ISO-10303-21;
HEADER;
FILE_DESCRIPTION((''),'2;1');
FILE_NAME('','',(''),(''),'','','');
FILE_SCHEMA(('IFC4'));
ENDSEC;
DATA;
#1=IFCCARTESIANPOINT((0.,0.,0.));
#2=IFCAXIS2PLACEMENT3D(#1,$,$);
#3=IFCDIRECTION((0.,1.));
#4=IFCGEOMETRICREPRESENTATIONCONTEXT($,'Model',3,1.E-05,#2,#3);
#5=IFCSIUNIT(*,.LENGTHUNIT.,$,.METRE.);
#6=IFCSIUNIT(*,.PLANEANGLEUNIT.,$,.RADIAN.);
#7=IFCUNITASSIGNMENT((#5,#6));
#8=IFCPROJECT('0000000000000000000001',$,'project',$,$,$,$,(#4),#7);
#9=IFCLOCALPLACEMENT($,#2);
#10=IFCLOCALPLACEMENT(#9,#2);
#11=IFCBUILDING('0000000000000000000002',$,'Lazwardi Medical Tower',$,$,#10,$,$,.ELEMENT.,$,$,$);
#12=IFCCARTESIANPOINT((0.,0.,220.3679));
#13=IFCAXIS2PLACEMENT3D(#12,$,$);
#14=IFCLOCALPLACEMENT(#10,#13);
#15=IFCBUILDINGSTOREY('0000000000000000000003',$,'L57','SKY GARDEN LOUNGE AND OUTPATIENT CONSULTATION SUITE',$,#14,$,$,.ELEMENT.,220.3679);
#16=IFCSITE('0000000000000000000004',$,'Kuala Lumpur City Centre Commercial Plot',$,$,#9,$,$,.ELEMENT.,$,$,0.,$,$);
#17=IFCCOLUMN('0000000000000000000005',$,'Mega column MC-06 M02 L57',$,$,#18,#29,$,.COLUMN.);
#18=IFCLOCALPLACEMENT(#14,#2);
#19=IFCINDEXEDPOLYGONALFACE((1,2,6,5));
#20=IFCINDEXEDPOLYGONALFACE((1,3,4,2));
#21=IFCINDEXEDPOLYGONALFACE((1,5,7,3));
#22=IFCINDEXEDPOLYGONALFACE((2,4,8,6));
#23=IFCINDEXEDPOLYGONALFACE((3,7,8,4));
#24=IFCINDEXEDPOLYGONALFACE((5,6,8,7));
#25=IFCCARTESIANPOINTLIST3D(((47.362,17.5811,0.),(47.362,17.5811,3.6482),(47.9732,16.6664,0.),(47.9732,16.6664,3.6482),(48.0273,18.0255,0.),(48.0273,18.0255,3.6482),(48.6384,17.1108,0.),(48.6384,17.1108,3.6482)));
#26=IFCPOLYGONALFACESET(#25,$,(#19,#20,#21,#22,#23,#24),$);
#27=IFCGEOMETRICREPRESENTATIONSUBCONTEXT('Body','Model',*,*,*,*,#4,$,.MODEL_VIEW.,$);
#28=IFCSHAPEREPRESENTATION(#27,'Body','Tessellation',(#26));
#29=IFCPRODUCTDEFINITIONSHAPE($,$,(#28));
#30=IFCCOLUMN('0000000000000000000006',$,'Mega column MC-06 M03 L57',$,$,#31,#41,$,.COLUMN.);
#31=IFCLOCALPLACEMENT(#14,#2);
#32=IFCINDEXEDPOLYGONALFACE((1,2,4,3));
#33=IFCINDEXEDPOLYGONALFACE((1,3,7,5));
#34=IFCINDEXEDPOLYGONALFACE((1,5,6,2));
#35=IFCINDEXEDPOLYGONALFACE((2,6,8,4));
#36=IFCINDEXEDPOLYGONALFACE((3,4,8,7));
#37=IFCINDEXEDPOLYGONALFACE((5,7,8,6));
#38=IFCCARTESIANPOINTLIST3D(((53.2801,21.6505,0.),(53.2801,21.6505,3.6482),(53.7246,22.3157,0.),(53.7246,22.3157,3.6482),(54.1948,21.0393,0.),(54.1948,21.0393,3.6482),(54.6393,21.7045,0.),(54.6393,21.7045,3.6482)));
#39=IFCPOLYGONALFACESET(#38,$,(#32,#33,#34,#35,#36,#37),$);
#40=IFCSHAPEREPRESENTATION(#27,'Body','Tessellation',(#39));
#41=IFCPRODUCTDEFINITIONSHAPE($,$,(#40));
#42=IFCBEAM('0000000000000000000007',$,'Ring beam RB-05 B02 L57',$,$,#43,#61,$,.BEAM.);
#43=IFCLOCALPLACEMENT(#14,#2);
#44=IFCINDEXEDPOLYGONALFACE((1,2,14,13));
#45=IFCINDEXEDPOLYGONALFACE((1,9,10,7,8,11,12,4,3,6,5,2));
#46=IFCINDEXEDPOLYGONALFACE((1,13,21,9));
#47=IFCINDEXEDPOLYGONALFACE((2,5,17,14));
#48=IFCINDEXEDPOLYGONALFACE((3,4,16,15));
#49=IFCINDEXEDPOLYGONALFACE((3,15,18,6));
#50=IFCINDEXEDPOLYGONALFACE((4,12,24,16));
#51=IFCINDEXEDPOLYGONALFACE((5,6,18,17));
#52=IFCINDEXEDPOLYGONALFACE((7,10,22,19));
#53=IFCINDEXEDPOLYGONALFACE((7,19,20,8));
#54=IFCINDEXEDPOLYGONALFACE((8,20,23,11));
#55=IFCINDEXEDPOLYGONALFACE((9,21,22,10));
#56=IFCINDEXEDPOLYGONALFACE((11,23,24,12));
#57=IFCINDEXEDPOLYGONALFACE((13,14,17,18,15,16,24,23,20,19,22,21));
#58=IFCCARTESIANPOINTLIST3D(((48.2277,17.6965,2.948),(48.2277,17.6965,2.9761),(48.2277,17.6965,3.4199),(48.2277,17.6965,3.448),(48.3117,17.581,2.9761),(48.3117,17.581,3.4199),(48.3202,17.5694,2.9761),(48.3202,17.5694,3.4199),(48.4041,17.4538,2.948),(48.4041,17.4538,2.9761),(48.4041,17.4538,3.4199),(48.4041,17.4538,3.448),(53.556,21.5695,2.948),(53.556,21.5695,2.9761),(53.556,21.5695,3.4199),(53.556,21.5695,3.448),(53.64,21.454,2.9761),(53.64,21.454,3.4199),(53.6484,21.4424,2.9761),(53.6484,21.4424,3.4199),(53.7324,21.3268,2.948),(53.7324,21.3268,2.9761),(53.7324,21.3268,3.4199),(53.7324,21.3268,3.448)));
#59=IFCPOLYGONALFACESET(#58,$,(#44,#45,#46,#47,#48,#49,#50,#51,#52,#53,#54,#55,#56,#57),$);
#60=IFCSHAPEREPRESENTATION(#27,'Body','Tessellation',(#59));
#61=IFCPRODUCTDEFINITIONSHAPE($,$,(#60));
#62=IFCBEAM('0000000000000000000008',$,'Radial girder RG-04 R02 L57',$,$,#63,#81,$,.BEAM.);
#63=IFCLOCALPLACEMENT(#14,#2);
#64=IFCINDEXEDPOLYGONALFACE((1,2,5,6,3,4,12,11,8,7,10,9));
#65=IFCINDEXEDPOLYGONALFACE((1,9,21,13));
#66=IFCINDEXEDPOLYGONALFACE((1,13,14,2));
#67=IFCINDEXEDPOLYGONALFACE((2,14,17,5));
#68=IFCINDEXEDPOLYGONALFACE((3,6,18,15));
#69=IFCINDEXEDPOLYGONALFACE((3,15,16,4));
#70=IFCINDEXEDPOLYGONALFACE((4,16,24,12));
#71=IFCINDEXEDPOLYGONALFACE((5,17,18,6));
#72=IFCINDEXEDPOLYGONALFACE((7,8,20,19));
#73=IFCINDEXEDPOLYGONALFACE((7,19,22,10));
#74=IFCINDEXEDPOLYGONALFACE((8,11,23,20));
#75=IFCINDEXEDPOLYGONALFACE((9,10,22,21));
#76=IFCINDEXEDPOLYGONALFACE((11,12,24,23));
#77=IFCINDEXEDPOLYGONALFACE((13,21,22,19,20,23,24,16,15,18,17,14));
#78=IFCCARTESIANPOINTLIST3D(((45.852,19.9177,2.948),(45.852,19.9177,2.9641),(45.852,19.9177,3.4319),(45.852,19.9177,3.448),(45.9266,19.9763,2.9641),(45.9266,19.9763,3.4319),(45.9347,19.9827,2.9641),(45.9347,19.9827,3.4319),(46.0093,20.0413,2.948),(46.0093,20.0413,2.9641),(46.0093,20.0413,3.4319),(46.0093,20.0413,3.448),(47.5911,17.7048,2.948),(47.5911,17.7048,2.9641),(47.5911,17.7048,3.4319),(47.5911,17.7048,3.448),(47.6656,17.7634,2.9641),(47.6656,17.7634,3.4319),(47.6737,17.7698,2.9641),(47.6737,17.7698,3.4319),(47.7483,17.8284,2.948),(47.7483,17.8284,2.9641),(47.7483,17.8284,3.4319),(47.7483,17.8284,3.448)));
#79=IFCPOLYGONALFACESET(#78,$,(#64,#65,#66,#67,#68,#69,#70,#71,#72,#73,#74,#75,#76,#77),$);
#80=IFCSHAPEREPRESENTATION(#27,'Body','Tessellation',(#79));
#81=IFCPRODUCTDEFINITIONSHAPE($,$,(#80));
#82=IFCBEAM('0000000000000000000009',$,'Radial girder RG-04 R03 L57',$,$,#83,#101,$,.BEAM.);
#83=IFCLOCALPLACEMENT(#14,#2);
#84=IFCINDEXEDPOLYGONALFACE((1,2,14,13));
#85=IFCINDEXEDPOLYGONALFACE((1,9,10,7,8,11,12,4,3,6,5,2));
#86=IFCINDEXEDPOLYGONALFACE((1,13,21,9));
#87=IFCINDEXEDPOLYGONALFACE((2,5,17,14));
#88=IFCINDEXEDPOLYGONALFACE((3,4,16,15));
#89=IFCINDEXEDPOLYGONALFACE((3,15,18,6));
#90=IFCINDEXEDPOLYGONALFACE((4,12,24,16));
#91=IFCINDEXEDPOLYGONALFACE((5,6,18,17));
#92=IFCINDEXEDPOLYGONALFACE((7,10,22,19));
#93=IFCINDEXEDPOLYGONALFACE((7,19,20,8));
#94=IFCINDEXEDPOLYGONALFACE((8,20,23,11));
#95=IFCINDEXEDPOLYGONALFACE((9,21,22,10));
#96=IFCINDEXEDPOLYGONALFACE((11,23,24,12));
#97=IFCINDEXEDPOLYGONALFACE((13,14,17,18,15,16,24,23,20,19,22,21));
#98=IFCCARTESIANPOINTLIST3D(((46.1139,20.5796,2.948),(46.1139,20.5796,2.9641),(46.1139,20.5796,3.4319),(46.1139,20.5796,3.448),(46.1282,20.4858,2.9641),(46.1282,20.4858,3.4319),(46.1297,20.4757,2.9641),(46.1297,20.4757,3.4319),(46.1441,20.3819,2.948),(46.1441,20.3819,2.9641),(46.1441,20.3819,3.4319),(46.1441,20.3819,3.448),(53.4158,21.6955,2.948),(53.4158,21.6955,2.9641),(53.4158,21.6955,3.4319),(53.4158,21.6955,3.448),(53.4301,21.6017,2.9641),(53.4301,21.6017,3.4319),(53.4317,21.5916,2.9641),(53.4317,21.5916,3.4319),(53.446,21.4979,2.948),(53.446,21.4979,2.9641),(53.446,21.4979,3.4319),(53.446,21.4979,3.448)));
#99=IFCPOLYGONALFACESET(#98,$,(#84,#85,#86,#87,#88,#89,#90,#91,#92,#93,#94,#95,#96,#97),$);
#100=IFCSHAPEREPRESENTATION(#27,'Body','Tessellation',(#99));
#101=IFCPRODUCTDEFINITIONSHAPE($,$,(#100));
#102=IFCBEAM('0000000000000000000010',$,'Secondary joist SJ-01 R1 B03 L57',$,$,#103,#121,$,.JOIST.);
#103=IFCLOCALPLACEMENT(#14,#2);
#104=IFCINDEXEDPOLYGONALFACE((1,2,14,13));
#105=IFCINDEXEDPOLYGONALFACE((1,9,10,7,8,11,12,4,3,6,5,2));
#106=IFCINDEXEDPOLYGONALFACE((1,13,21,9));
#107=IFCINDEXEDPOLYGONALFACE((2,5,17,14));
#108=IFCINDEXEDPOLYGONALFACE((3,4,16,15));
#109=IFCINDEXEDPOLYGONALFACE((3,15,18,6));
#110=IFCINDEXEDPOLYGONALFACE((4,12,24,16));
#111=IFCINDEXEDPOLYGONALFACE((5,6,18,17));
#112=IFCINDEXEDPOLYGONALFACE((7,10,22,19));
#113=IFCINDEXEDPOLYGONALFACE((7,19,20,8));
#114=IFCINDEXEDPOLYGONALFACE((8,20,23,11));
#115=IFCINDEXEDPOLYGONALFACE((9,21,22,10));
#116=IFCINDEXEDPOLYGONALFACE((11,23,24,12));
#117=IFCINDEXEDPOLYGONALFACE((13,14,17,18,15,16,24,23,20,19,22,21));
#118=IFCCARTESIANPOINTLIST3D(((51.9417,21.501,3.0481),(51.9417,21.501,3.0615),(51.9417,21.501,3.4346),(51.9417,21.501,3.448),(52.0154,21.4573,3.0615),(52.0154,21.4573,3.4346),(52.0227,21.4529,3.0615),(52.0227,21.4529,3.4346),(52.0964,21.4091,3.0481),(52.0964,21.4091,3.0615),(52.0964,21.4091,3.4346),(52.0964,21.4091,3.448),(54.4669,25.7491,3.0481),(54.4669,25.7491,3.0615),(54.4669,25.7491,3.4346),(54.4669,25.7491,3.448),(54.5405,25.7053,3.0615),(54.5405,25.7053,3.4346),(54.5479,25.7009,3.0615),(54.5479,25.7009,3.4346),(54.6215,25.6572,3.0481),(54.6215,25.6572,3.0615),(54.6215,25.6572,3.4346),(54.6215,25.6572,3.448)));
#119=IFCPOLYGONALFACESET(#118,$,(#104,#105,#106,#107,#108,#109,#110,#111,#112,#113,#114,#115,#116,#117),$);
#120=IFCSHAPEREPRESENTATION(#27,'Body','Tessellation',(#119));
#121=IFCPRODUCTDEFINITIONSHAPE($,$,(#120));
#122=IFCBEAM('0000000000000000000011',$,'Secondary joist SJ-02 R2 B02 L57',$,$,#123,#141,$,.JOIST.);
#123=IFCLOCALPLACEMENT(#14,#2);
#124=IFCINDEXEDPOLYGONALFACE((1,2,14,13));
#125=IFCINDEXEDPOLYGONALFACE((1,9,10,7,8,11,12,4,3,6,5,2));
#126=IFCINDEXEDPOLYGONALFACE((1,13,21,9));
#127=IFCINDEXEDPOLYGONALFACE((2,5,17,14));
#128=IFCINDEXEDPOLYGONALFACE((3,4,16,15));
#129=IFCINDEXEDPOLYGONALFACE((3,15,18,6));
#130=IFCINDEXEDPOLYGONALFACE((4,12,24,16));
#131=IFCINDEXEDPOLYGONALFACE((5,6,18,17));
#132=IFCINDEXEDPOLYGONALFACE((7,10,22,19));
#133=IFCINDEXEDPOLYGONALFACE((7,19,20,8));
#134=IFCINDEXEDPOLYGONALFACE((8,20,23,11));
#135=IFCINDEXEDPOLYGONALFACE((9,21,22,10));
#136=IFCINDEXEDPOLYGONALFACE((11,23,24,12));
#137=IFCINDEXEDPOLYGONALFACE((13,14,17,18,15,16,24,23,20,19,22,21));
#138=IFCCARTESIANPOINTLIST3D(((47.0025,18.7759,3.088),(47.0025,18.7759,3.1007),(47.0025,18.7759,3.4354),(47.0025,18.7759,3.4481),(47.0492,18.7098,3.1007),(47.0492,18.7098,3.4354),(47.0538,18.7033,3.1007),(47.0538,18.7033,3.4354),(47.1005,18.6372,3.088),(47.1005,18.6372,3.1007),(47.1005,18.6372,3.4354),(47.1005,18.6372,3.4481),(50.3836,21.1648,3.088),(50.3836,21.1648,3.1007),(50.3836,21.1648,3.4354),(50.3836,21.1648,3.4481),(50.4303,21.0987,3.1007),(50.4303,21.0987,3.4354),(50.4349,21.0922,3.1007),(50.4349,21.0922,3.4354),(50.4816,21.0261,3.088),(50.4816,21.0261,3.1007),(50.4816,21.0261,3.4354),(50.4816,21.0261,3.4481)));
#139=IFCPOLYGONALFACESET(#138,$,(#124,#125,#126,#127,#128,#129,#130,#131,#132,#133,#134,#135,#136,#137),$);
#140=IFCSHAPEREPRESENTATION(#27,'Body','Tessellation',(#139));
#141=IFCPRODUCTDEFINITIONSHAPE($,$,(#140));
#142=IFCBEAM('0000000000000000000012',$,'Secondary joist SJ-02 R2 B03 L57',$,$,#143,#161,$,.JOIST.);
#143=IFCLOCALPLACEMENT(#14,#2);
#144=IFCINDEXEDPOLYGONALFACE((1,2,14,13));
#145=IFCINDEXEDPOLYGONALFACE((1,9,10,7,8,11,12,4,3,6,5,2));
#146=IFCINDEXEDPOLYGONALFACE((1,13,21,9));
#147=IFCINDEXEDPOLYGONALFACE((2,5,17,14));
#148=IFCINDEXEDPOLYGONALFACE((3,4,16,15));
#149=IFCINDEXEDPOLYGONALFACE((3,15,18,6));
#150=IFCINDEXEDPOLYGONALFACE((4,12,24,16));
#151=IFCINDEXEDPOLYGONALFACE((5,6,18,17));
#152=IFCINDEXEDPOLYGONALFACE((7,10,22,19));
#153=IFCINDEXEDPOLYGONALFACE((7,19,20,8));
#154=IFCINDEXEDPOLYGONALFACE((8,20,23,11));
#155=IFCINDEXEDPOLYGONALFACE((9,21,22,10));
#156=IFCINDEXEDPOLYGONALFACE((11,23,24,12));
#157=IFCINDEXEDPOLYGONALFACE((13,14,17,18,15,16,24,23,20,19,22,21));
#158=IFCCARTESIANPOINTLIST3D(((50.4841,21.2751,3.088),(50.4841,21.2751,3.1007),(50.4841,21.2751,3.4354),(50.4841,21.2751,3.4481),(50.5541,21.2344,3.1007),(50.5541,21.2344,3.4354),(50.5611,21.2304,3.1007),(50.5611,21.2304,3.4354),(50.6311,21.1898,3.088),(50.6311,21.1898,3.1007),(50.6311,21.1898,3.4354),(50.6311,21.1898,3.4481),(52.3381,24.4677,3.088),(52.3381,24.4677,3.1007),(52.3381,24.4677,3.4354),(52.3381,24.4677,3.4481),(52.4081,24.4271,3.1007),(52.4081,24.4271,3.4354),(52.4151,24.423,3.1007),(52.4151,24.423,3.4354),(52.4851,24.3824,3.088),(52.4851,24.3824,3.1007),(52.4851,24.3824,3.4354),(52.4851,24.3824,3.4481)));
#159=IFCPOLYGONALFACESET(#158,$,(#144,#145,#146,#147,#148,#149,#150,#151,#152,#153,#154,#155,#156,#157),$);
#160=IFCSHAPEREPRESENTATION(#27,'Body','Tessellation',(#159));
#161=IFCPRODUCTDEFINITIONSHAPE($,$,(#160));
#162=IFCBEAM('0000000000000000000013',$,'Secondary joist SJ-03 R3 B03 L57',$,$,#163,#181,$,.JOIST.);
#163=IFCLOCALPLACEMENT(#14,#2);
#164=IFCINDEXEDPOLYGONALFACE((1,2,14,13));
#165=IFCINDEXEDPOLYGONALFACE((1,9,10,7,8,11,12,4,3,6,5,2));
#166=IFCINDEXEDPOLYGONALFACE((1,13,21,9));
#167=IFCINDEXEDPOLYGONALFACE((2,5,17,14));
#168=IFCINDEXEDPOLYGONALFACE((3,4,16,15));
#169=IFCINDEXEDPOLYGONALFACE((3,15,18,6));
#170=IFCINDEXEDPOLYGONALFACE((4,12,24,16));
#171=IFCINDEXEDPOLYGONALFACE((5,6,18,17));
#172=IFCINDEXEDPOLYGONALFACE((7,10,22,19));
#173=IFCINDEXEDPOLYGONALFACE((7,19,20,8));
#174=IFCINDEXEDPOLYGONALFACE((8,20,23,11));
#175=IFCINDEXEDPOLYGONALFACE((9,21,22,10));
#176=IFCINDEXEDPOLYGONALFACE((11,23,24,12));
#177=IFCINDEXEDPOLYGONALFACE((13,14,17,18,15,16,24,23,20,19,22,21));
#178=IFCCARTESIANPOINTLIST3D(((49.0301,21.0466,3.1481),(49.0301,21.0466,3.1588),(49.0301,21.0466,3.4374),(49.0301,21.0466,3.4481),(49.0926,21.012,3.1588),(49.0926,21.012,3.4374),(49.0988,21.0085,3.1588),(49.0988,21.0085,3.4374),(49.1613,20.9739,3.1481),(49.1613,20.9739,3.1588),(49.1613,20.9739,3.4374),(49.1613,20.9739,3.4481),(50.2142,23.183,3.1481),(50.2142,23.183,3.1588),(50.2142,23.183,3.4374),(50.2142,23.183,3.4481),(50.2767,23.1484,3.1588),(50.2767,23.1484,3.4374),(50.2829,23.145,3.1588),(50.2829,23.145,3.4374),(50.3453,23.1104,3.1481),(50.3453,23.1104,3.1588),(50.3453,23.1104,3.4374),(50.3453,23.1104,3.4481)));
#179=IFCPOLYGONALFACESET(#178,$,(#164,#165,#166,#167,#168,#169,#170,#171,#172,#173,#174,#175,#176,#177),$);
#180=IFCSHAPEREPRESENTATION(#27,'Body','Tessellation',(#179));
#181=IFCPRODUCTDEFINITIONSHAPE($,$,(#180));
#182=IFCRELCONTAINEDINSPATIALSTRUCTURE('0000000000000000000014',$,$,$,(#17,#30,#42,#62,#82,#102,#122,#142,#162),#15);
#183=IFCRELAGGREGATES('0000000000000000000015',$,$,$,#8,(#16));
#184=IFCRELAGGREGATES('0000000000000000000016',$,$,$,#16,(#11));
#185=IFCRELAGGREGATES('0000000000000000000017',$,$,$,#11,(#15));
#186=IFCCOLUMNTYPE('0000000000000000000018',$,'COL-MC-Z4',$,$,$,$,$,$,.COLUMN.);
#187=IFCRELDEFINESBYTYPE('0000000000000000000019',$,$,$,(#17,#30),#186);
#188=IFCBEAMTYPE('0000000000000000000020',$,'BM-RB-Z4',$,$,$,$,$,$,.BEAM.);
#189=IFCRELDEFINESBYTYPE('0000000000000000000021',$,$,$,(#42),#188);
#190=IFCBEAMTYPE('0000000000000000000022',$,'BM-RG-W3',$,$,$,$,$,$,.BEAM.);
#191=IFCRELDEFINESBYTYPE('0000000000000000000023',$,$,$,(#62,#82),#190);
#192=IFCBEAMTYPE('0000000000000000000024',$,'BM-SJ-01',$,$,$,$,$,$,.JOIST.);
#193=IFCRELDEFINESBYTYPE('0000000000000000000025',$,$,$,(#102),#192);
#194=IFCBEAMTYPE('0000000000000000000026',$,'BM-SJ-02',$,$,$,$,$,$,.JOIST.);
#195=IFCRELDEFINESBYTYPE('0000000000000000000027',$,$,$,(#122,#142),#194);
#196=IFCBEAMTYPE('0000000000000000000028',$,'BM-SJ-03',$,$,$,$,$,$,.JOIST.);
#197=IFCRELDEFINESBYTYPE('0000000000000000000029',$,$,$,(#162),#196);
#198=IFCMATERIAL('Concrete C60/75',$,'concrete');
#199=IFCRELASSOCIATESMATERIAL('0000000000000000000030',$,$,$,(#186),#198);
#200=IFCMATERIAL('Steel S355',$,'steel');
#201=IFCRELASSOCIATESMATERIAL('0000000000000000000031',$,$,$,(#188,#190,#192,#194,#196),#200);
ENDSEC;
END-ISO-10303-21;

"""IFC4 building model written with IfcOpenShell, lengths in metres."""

from ifc_helpers import new_model, si_unit, direction, frame, origin, origin_2d, place, context, subcontext, project, spatial, rectangle, i_section, extrude, material, material_profile, profile_set, type_object, element, save


model = new_model("IFC4")

# Units and contexts
model_context = context("Model", 3, precision=1e-05, world=origin(), true_north=direction((0.0, 1.0)))
body_context = subcontext(model_context, "Body", "Model", "MODEL_VIEW")
ifc_project = project(units=[si_unit("LENGTHUNIT", "METRE"), si_unit("PLANEANGLEUNIT", "RADIAN")], contexts=[model_context])

# Site, building, storey
site_placement = place(None, origin())
site = spatial("IfcSite", under=ifc_project, at=site_placement, Name="Kuala Lumpur City Centre Commercial Plot", CompositionType="ELEMENT", RefElevation=0.0)
building_placement = place(site_placement, origin())
building = spatial("IfcBuilding", under=site, at=building_placement, Name="Lazwardi Medical Tower", CompositionType="ELEMENT")
storey_placement = place(building_placement, frame((0.0, 0.0, 220.3679)))
storey = spatial("IfcBuildingStorey", under=building, at=storey_placement, Name="L57", Description="SKY GARDEN LOUNGE AND OUTPATIENT CONSULTATION SUITE", CompositionType="ELEMENT", Elevation=220.3679)

# Columns
ifc_material_1 = material(Name="Concrete C60/75", Category="concrete")
ifc_material_profile_1 = material_profile(ifc_material_1, rectangle(XDim=1.1001, YDim=0.8, at=origin_2d()), Name="CFT-RECT 1100x800")
ifc_profile_set_1 = profile_set([ifc_material_profile_1], Name="Concrete C60/75")
column_type = type_object("IfcColumnType", Name="COL-MC-Z4", PredefinedType="COLUMN", material=ifc_profile_set_1)
for number, where, z_axis, x_axis, name in (
    (1, (48.0002, 17.3459, 0.0), (0.0, 0.0, 1.0), (0.55557, -0.83147, 0.0), "Mega column MC-06 M02 L57"),
    (2, (53.9597, 21.6775, 0.0), (0.0, 0.0, 1.0), (0.83147, -0.55557, 0.0), "Mega column MC-06 M03 L57"),
):
    element("IfcColumn", number, at=place(storey_placement, frame(where, z_axis=z_axis, x_axis=x_axis)), inside=storey, type_object=column_type, Name=name, PredefinedType="COLUMN", context=body_context, shape_type="SweptSolid", body=[
        extrude(rectangle(XDim=1.1001, YDim=0.8, at=origin_2d()), origin(), (0.0, 0.0, 1.0), 3.6482),
    ])

# Beams
ifc_material_2 = material(Name="Steel S355", Category="steel")
ifc_material_profile_2 = material_profile(ifc_material_2, i_section(OverallWidth=0.3, OverallDepth=0.5, WebThickness=0.0144, FlangeThickness=0.0281, at=origin_2d()), Name="HEB 500")
ifc_profile_set_2 = profile_set([ifc_material_profile_2], Name="Steel S355")
beam_type_1 = type_object("IfcBeamType", Name="BM-RB-Z4", PredefinedType="BEAM", material=ifc_profile_set_2)
beam_1_placement = place(storey_placement, frame((48.3159, 17.5752, 3.198), z_axis=(0.80889, 0.58796, 0.0), x_axis=(-0.58796, 0.80889, 0.0)))
element("IfcBeam", 3, at=beam_1_placement, inside=storey, type_object=beam_type_1, Name="Ring beam RB-05 B02 L57", PredefinedType="BEAM", context=body_context, shape_type="SweptSolid", body=[
    extrude(i_section(OverallWidth=0.3, OverallDepth=0.5, WebThickness=0.0144, FlangeThickness=0.0281, at=origin_2d()), origin(), (0.0, 0.0, 1.0), 6.5872),
])
ifc_material_profile_3 = material_profile(ifc_material_2, i_section(OverallWidth=0.2, OverallDepth=0.5, WebThickness=0.0103, FlangeThickness=0.0161, at=origin_2d()), Name="IPE 500")
ifc_profile_set_3 = profile_set([ifc_material_profile_3], Name="Steel S355")
beam_type_2 = type_object("IfcBeamType", Name="BM-RG-W3", PredefinedType="BEAM", material=ifc_profile_set_3)
beam_2_placement = place(storey_placement, frame((47.6697, 17.7666, 3.198), z_axis=(-0.617891, 0.786264, 0.0), x_axis=(-0.786264, -0.617891, 0.0)))
element("IfcBeam", 4, at=beam_2_placement, inside=storey, type_object=beam_type_2, Name="Radial girder RG-04 R02 L57", PredefinedType="BEAM", context=body_context, shape_type="SweptSolid", body=[
    extrude(i_section(OverallWidth=0.2, OverallDepth=0.5, WebThickness=0.0103, FlangeThickness=0.0161, at=origin_2d()), origin(), (0.0, 0.0, 1.0), 2.8145),
])
beam_3_placement = place(storey_placement, frame((53.4309, 21.5967, 3.198), z_axis=(-0.988522, -0.151076, 0.0), x_axis=(0.151076, -0.988522, 0.0)))
element("IfcBeam", 5, at=beam_3_placement, inside=storey, type_object=beam_type_2, Name="Radial girder RG-04 R03 L57", PredefinedType="BEAM", context=body_context, shape_type="SweptSolid", body=[
    extrude(i_section(OverallWidth=0.2, OverallDepth=0.5, WebThickness=0.0103, FlangeThickness=0.0161, at=origin_2d()), origin(), (0.0, 0.0, 1.0), 7.3867),
])
ifc_material_profile_4 = material_profile(ifc_material_2, i_section(OverallWidth=0.1799, OverallDepth=0.3999, WebThickness=0.0085, FlangeThickness=0.0134, at=origin_2d()), Name="IPE 400")
ifc_profile_set_4 = profile_set([ifc_material_profile_4], Name="Steel S355")
beam_type_3 = type_object("IfcBeamType", Name="BM-SJ-01", PredefinedType="JOIST", material=ifc_profile_set_4)
beam_4_placement = place(storey_placement, frame((52.019, 21.4551, 3.248), z_axis=(0.510968, 0.8596, 0.0), x_axis=(-0.8596, 0.510968, 0.0)))
element("IfcBeam", 6, at=beam_4_placement, inside=storey, type_object=beam_type_3, Name="Secondary joist SJ-01 R1 B03 L57", PredefinedType="JOIST", context=body_context, shape_type="SweptSolid", body=[
    extrude(i_section(OverallWidth=0.1799, OverallDepth=0.3999, WebThickness=0.0085, FlangeThickness=0.0134, at=origin_2d()), origin(), (0.0, 0.0, 1.0), 4.9419),
])
ifc_material_profile_5 = material_profile(ifc_material_2, i_section(OverallWidth=0.1699, OverallDepth=0.3601, WebThickness=0.0081, FlangeThickness=0.0127, at=origin_2d()), Name="IPE 360")
ifc_profile_set_5 = profile_set([ifc_material_profile_5], Name="Steel S355")
beam_type_4 = type_object("IfcBeamType", Name="BM-SJ-02", PredefinedType="JOIST", material=ifc_profile_set_5)
beam_5_placement = place(storey_placement, frame((47.0515, 18.7065, 3.2681), z_axis=(0.816711, 0.577047, 0.0), x_axis=(-0.577047, 0.816711, 0.0)))
element("IfcBeam", 7, at=beam_5_placement, inside=storey, type_object=beam_type_4, Name="Secondary joist SJ-02 R2 B02 L57", PredefinedType="JOIST", context=body_context, shape_type="SweptSolid", body=[
    extrude(i_section(OverallWidth=0.1699, OverallDepth=0.3601, WebThickness=0.0081, FlangeThickness=0.0127, at=origin_2d()), origin(), (0.0, 0.0, 1.0), 4.1399),
])
beam_6_placement = place(storey_placement, frame((50.5576, 21.2324, 3.2681), z_axis=(0.50218, 0.864763, 0.0), x_axis=(-0.864763, 0.50218, 0.0)))
element("IfcBeam", 8, at=beam_6_placement, inside=storey, type_object=beam_type_4, Name="Secondary joist SJ-02 R2 B03 L57", PredefinedType="JOIST", context=body_context, shape_type="SweptSolid", body=[
    extrude(i_section(OverallWidth=0.1699, OverallDepth=0.3601, WebThickness=0.0081, FlangeThickness=0.0127, at=origin_2d()), origin(), (0.0, 0.0, 1.0), 3.6919),
])
ifc_material_profile_6 = material_profile(ifc_material_2, i_section(OverallWidth=0.1499, OverallDepth=0.3, WebThickness=0.0071, FlangeThickness=0.0107, at=origin_2d()), Name="IPE 300")
ifc_profile_set_6 = profile_set([ifc_material_profile_6], Name="Steel S355")
beam_type_5 = type_object("IfcBeamType", Name="BM-SJ-03", PredefinedType="JOIST", material=ifc_profile_set_6)
beam_7_placement = place(storey_placement, frame((49.0957, 21.0103, 3.2981), z_axis=(0.484752, 0.874652, 0.0), x_axis=(-0.874652, 0.484752, 0.0)))
element("IfcBeam", 9, at=beam_7_placement, inside=storey, type_object=beam_type_5, Name="Secondary joist SJ-03 R3 B03 L57", PredefinedType="JOIST", context=body_context, shape_type="SweptSolid", body=[
    extrude(i_section(OverallWidth=0.1499, OverallDepth=0.3, WebThickness=0.0071, FlangeThickness=0.0107, at=origin_2d()), origin(), (0.0, 0.0, 1.0), 2.4426),
])

save(model, "model.ifc")
